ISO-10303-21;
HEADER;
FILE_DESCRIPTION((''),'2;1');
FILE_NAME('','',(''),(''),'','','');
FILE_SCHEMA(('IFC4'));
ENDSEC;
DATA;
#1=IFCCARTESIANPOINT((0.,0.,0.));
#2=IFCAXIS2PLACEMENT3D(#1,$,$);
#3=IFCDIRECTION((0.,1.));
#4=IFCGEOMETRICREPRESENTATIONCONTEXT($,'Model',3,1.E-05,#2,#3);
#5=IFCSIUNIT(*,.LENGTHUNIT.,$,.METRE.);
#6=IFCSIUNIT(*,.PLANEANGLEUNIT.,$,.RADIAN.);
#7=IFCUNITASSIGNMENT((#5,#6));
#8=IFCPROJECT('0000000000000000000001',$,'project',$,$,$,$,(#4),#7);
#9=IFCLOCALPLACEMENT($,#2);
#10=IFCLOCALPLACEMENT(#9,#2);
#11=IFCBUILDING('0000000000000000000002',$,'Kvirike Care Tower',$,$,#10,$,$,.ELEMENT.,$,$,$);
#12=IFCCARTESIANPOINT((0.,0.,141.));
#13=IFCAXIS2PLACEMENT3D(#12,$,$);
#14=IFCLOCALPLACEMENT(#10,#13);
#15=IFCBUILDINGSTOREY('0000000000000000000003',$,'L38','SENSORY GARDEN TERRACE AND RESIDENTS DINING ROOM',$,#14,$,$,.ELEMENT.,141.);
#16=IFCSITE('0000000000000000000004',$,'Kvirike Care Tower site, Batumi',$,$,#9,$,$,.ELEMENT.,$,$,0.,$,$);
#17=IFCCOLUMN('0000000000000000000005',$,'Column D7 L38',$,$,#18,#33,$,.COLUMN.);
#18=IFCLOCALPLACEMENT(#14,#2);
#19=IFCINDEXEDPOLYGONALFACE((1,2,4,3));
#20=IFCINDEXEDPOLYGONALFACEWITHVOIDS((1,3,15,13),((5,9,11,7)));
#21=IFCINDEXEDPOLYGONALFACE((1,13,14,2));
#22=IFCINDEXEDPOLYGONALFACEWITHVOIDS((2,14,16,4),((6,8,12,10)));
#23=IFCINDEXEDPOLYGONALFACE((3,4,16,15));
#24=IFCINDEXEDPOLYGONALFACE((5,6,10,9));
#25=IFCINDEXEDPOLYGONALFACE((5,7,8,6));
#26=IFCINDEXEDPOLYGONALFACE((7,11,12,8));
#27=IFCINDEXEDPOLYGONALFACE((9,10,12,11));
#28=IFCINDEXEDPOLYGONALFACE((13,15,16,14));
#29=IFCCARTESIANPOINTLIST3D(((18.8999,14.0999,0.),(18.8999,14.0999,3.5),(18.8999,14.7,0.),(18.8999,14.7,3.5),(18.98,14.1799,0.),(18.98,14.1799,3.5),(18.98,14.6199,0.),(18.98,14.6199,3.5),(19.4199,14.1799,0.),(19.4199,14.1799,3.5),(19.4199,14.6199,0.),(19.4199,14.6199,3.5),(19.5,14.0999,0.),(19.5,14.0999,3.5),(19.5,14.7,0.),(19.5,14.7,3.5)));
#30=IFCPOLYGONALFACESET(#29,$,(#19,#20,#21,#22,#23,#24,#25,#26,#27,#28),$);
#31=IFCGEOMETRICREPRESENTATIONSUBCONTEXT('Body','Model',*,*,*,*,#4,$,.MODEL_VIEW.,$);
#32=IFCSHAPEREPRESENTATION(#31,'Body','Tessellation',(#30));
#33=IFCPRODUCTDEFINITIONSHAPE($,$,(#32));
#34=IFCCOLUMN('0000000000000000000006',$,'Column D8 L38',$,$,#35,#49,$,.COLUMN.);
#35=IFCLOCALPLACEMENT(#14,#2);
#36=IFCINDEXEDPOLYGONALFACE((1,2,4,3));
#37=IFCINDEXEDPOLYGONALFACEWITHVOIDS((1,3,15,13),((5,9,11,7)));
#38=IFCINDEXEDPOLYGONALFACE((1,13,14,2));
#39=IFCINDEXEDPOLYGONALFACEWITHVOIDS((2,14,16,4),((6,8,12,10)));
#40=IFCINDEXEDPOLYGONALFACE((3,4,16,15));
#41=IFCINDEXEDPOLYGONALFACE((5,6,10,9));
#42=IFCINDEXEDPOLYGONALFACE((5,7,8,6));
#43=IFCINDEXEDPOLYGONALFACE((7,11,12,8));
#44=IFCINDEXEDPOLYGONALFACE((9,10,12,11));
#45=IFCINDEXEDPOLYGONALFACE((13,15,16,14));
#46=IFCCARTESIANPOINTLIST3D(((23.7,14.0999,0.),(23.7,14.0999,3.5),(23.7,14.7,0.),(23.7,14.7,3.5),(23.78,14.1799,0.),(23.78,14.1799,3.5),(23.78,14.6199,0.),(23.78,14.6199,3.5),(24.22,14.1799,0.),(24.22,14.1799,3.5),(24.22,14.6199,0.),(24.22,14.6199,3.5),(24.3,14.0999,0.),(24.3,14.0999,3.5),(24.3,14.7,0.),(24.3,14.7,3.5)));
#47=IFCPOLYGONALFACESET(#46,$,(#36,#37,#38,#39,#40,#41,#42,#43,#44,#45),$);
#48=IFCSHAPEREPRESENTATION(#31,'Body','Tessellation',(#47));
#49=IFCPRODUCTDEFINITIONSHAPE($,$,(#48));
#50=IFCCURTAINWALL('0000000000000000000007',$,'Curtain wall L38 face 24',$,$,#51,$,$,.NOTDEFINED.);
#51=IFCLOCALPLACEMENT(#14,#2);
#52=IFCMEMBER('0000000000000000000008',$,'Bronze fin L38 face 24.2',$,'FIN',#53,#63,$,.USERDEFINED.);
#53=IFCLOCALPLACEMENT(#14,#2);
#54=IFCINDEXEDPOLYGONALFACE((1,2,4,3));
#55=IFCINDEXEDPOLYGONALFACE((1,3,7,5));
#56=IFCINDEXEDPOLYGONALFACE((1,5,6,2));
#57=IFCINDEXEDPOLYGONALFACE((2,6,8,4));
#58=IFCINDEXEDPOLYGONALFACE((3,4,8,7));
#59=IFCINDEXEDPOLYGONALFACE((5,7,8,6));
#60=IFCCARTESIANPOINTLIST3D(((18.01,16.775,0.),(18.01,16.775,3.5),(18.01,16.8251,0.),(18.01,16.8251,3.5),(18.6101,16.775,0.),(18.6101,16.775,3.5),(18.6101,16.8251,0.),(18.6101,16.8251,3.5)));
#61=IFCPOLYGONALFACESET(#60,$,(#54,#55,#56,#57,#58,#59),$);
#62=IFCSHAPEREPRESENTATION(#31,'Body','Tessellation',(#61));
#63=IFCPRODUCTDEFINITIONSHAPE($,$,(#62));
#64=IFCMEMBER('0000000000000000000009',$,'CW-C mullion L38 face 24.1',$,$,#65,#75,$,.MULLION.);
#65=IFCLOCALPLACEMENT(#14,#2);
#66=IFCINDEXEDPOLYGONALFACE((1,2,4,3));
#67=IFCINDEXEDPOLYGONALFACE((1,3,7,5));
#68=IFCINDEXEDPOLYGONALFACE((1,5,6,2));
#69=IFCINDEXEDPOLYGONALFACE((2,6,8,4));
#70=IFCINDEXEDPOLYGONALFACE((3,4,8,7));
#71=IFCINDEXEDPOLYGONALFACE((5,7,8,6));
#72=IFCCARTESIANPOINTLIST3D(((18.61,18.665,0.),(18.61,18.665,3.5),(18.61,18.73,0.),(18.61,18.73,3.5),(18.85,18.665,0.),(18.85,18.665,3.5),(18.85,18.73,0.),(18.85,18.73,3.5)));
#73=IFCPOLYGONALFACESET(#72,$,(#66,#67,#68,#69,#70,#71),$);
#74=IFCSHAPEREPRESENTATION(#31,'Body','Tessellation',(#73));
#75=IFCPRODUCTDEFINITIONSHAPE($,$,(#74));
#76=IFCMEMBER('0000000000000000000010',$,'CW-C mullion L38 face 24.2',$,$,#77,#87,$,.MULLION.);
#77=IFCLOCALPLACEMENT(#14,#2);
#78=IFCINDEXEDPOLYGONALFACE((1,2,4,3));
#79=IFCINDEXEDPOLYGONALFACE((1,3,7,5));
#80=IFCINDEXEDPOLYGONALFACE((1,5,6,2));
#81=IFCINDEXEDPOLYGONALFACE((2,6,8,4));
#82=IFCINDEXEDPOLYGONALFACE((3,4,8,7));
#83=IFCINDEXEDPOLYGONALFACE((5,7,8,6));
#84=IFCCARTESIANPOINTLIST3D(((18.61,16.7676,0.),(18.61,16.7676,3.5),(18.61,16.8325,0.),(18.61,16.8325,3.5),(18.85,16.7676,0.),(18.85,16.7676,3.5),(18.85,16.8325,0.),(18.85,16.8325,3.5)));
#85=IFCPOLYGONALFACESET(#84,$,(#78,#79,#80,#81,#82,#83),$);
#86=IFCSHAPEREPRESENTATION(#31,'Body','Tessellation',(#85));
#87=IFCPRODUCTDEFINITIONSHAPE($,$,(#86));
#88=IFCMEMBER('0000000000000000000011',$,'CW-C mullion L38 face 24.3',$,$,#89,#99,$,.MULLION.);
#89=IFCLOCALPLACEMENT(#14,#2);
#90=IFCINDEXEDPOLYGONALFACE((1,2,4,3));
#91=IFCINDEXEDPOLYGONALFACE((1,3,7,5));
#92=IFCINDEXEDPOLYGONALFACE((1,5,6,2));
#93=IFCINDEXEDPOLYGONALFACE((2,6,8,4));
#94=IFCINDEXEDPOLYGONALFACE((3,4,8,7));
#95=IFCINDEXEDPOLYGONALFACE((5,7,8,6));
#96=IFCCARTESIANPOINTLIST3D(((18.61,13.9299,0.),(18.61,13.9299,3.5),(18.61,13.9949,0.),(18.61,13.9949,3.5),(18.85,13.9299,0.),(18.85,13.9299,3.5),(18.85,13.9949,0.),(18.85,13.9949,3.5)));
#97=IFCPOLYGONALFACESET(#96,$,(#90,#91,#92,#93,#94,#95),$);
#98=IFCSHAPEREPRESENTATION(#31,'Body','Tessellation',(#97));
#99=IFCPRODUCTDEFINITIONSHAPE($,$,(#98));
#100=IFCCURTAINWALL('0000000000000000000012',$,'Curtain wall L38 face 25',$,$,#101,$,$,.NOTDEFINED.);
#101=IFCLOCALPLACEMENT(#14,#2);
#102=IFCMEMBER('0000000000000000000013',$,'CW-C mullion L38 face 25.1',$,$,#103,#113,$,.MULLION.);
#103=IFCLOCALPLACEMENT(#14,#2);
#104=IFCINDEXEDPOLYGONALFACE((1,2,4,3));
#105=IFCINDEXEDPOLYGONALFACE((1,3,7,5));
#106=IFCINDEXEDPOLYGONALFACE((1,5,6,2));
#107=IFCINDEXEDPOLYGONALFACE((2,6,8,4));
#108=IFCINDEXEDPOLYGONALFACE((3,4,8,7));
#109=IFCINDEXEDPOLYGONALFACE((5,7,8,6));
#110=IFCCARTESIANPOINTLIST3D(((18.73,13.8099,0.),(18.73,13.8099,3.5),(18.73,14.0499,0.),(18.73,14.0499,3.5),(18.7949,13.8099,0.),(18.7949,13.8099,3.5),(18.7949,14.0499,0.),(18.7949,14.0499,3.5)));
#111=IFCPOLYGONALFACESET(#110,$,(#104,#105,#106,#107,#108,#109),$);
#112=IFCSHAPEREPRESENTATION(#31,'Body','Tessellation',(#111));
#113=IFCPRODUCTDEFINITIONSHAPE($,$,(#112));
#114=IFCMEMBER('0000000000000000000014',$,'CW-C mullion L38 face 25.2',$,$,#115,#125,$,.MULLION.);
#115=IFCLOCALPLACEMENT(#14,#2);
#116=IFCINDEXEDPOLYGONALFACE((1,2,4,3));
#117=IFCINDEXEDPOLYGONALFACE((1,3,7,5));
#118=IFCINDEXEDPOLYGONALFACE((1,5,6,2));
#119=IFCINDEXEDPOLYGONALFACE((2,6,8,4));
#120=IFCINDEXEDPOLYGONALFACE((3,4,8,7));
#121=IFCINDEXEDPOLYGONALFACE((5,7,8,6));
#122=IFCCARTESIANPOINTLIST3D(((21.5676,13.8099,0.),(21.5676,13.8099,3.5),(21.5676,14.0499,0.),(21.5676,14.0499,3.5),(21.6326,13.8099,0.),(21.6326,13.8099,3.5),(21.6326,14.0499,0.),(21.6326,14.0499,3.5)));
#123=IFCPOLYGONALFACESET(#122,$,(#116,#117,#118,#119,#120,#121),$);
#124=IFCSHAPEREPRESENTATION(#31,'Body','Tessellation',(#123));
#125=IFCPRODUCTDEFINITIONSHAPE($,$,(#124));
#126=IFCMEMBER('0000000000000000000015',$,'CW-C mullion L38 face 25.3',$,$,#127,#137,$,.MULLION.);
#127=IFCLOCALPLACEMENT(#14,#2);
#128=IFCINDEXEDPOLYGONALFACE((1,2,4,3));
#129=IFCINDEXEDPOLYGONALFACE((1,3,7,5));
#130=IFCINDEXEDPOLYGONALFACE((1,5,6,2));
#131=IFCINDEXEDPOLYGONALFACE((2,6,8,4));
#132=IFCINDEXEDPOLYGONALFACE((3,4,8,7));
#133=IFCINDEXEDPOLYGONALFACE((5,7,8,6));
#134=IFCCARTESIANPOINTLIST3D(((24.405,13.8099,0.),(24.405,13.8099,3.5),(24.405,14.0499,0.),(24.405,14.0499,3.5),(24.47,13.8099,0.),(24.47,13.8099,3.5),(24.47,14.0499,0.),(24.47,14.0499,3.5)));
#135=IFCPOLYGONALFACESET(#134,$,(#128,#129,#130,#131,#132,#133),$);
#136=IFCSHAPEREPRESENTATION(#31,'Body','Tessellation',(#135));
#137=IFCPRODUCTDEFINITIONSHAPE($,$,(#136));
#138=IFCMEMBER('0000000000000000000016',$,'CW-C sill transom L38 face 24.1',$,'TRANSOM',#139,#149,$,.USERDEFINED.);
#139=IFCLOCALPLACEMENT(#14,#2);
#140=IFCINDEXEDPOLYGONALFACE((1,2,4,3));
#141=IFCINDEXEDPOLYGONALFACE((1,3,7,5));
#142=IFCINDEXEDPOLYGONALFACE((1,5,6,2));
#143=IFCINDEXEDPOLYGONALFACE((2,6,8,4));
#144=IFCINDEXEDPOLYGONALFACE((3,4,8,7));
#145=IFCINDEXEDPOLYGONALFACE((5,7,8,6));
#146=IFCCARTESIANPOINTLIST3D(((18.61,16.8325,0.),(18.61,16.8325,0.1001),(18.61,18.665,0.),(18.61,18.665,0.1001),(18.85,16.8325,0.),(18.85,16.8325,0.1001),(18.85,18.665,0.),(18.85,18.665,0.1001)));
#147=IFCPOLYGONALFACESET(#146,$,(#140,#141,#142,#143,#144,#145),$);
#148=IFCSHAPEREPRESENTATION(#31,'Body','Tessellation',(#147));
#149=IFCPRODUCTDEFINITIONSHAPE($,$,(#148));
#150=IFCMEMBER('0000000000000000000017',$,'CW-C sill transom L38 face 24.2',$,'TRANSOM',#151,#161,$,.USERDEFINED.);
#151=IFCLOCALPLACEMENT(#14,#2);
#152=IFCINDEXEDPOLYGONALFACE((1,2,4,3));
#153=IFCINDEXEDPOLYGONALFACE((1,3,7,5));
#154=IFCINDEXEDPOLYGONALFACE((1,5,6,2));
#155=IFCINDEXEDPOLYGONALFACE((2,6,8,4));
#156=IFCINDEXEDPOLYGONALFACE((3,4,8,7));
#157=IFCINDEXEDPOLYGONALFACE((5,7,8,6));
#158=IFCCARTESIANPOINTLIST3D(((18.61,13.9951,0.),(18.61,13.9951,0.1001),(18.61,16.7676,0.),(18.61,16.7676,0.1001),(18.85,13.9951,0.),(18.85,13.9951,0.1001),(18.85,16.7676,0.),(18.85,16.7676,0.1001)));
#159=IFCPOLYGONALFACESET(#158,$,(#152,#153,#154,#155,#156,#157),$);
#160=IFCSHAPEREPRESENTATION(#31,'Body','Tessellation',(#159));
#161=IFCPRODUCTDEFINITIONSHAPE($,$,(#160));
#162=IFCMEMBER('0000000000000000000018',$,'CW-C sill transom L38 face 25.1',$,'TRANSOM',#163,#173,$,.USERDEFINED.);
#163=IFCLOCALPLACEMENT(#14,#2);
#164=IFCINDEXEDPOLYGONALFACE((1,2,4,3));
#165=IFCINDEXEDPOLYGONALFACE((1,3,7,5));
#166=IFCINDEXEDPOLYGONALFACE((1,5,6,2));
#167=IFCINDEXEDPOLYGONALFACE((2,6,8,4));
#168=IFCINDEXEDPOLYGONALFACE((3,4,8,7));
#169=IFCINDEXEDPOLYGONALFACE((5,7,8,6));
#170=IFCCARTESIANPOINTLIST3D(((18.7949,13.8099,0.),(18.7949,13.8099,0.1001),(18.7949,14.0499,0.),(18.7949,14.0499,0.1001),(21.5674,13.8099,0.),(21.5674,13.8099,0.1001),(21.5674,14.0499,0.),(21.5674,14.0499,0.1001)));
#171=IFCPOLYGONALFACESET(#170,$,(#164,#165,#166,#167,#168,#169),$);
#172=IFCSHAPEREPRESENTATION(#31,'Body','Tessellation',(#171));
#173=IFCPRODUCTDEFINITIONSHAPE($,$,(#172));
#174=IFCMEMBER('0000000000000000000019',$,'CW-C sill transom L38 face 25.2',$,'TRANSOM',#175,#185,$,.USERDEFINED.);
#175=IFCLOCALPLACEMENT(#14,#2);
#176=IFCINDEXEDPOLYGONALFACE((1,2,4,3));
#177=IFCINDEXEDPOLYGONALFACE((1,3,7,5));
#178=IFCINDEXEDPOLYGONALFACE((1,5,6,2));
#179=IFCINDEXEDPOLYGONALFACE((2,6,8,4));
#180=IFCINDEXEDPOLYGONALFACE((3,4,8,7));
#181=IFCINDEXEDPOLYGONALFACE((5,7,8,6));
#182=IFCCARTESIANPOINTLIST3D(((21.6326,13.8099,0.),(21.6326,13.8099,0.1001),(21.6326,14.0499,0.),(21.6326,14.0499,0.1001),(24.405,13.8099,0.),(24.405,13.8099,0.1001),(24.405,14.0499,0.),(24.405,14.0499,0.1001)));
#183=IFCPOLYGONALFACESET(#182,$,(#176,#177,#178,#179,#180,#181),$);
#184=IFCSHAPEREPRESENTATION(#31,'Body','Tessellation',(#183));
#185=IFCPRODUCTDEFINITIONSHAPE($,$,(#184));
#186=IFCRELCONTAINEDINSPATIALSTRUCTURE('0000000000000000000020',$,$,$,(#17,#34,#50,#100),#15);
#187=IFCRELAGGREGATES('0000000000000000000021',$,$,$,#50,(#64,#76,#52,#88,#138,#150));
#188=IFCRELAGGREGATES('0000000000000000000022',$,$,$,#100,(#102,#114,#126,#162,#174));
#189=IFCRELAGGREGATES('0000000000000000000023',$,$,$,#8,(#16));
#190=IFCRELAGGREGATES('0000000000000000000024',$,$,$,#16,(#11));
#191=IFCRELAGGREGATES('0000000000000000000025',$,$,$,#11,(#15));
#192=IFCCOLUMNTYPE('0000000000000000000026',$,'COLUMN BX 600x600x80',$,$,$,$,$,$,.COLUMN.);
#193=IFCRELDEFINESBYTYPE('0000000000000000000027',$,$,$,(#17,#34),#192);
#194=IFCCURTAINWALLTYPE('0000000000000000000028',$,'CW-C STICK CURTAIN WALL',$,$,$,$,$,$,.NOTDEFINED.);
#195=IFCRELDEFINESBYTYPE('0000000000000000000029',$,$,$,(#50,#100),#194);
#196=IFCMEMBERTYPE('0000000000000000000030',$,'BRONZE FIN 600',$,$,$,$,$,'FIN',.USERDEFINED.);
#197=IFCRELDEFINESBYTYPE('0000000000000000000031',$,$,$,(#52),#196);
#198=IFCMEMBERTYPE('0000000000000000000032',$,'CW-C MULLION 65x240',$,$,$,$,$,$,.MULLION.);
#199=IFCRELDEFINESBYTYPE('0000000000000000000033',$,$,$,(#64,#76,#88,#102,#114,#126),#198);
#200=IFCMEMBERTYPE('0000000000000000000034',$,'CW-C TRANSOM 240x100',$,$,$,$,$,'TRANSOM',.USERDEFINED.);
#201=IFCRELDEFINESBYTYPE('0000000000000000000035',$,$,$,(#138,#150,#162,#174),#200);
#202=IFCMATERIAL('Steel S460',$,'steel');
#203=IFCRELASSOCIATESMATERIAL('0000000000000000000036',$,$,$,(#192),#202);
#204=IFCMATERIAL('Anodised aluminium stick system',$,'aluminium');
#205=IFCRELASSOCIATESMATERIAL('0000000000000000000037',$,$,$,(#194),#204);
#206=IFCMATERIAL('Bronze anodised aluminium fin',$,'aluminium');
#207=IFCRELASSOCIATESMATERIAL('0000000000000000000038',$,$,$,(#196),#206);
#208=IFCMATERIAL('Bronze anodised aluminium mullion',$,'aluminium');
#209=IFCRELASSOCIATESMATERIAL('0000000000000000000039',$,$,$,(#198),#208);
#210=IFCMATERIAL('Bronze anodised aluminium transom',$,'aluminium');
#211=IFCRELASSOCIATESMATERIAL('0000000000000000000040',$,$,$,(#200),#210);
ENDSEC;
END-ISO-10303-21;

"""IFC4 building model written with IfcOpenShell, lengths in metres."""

from ifc_helpers import new_model, si_unit, direction, frame, origin, origin_2d, place, context, subcontext, project, spatial, rectangle, hollow_rectangle, extrude, material, material_profile, profile_set, type_object, element, aggregate, save


model = new_model("IFC4")

# Units and contexts
model_context = context("Model", 3, precision=1e-05, world=origin(), true_north=direction((0.0, 1.0)))
body_context = subcontext(model_context, "Body", "Model", "MODEL_VIEW")
ifc_project = project(units=[si_unit("LENGTHUNIT", "METRE"), si_unit("PLANEANGLEUNIT", "RADIAN")], contexts=[model_context])

# Site, building, storey
site_placement = place(None, origin())
site = spatial("IfcSite", under=ifc_project, at=site_placement, Name="Kvirike Care Tower site, Batumi", CompositionType="ELEMENT", RefElevation=0.0)
building_placement = place(site_placement, origin())
building = spatial("IfcBuilding", under=site, at=building_placement, Name="Kvirike Care Tower", CompositionType="ELEMENT")
storey_placement = place(building_placement, frame((0.0, 0.0, 141.0)))
storey = spatial("IfcBuildingStorey", under=building, at=storey_placement, Name="L38", Description="SENSORY GARDEN TERRACE AND RESIDENTS DINING ROOM", CompositionType="ELEMENT", Elevation=141.0)

# Columns
ifc_material_1 = material(Name="Steel S460", Category="steel")
ifc_material_profile_1 = material_profile(ifc_material_1, hollow_rectangle(XDim=0.6001, YDim=0.6001, WallThickness=0.0801, at=origin_2d()), Name="BX 600x600x80")
ifc_profile_set_1 = profile_set([ifc_material_profile_1], Name="Steel S460")
column_type = type_object("IfcColumnType", Name="COLUMN BX 600x600x80", PredefinedType="COLUMN", material=ifc_profile_set_1)
for number, where, z_axis, x_axis, name in (
    (1, (19.2, 14.3999, 0.0), (0.0, 0.0, 1.0), (0.0, 1.0, 0.0), "Column D7 L38"),
    (2, (24.0, 14.3999, 0.0), (0.0, 0.0, 1.0), (0.0, 1.0, 0.0), "Column D8 L38"),
):
    element("IfcColumn", number, at=place(storey_placement, frame(where, z_axis=z_axis, x_axis=x_axis)), inside=storey, type_object=column_type, Name=name, PredefinedType="COLUMN", context=body_context, shape_type="SweptSolid", body=[
        extrude(hollow_rectangle(XDim=0.6001, YDim=0.6001, WallThickness=0.0801, at=origin_2d()), origin(), (0.0, 0.0, 1.0), 3.5),
    ])

# Curtain walls, members
ifc_material_2 = material(Name="Anodised aluminium stick system", Category="aluminium")
curtain_wall_type = type_object("IfcCurtainWallType", Name="CW-C STICK CURTAIN WALL", PredefinedType="NOTDEFINED", material=ifc_material_2)
curtain_wall_1_placement = place(storey_placement, origin())
curtain_wall_1 = element("IfcCurtainWall", 3, at=curtain_wall_1_placement, inside=storey, type_object=curtain_wall_type, Name="Curtain wall L38 face 24", PredefinedType="NOTDEFINED")
ifc_material_3 = material(Name="Bronze anodised aluminium fin", Category="aluminium")
ifc_material_profile_2 = material_profile(ifc_material_3, rectangle(XDim=0.05, YDim=0.6001, at=origin_2d()), Name="BRONZE FIN 600")
ifc_profile_set_2 = profile_set([ifc_material_profile_2], Name="Bronze anodised aluminium fin")
member_type_1 = type_object("IfcMemberType", Name="BRONZE FIN 600", ElementType="FIN", PredefinedType="USERDEFINED", material=ifc_profile_set_2)
member_1_placement = place(storey_placement, frame((18.3101, 16.8, 0.0), z_axis=(0.0, 0.0, 1.0), x_axis=(0.0, -1.0, 0.0)))
member_1 = element("IfcMember", 4, at=member_1_placement, type_object=member_type_1, Name="Bronze fin L38 face 24.2", ObjectType="FIN", PredefinedType="USERDEFINED", context=body_context, shape_type="SweptSolid", body=[
    extrude(rectangle(XDim=0.05, YDim=0.6001, at=origin_2d()), origin(), (0.0, 0.0, 1.0), 3.5),
])
ifc_material_4 = material(Name="Bronze anodised aluminium mullion", Category="aluminium")
ifc_material_profile_3 = material_profile(ifc_material_4, rectangle(XDim=0.0649, YDim=0.24, at=origin_2d()), Name="CW-C MULLION 65x240")
ifc_profile_set_3 = profile_set([ifc_material_profile_3], Name="Bronze anodised aluminium mullion")
member_type_2 = type_object("IfcMemberType", Name="CW-C MULLION 65x240", PredefinedType="MULLION", material=ifc_profile_set_3)
member_2_placement = place(storey_placement, frame((18.73, 18.6975, 0.0), z_axis=(0.0, 0.0, 1.0), x_axis=(0.0, -1.0, 0.0)))
member_2 = element("IfcMember", 5, at=member_2_placement, type_object=member_type_2, Name="CW-C mullion L38 face 24.1", PredefinedType="MULLION", context=body_context, shape_type="SweptSolid", body=[
    extrude(rectangle(XDim=0.0649, YDim=0.24, at=origin_2d()), origin(), (0.0, 0.0, 1.0), 3.5),
])
member_3_placement = place(storey_placement, frame((18.73, 16.8, 0.0), z_axis=(0.0, 0.0, 1.0), x_axis=(0.0, -1.0, 0.0)))
member_3 = element("IfcMember", 6, at=member_3_placement, type_object=member_type_2, Name="CW-C mullion L38 face 24.2", PredefinedType="MULLION", context=body_context, shape_type="SweptSolid", body=[
    extrude(rectangle(XDim=0.0649, YDim=0.24, at=origin_2d()), origin(), (0.0, 0.0, 1.0), 3.5),
])
member_4_placement = place(storey_placement, frame((18.73, 13.9624, 0.0), z_axis=(0.0, 0.0, 1.0), x_axis=(0.0, -1.0, 0.0)))
member_4 = element("IfcMember", 7, at=member_4_placement, type_object=member_type_2, Name="CW-C mullion L38 face 24.3", PredefinedType="MULLION", context=body_context, shape_type="SweptSolid", body=[
    extrude(rectangle(XDim=0.0649, YDim=0.24, at=origin_2d()), origin(), (0.0, 0.0, 1.0), 3.5),
])
curtain_wall_2_placement = place(storey_placement, origin())
curtain_wall_2 = element("IfcCurtainWall", 8, at=curtain_wall_2_placement, inside=storey, type_object=curtain_wall_type, Name="Curtain wall L38 face 25", PredefinedType="NOTDEFINED")
member_5_placement = place(storey_placement, frame((18.7625, 13.9299, 0.0), z_axis=(0.0, 0.0, 1.0), x_axis=(1.0, 0.0, 0.0)))
member_5 = element("IfcMember", 9, at=member_5_placement, type_object=member_type_2, Name="CW-C mullion L38 face 25.1", PredefinedType="MULLION", context=body_context, shape_type="SweptSolid", body=[
    extrude(rectangle(XDim=0.0649, YDim=0.24, at=origin_2d()), origin(), (0.0, 0.0, 1.0), 3.5),
])
member_6_placement = place(storey_placement, frame((21.6001, 13.9299, 0.0), z_axis=(0.0, 0.0, 1.0), x_axis=(1.0, 0.0, 0.0)))
member_6 = element("IfcMember", 10, at=member_6_placement, type_object=member_type_2, Name="CW-C mullion L38 face 25.2", PredefinedType="MULLION", context=body_context, shape_type="SweptSolid", body=[
    extrude(rectangle(XDim=0.0649, YDim=0.24, at=origin_2d()), origin(), (0.0, 0.0, 1.0), 3.5),
])
member_7_placement = place(storey_placement, frame((24.4375, 13.9299, 0.0), z_axis=(0.0, 0.0, 1.0), x_axis=(1.0, 0.0, 0.0)))
member_7 = element("IfcMember", 11, at=member_7_placement, type_object=member_type_2, Name="CW-C mullion L38 face 25.3", PredefinedType="MULLION", context=body_context, shape_type="SweptSolid", body=[
    extrude(rectangle(XDim=0.0649, YDim=0.24, at=origin_2d()), origin(), (0.0, 0.0, 1.0), 3.5),
])

# Members
ifc_material_5 = material(Name="Bronze anodised aluminium transom", Category="aluminium")
ifc_material_profile_4 = material_profile(ifc_material_5, rectangle(XDim=0.24, YDim=0.1001, at=origin_2d()), Name="CW-C TRANSOM 240x100")
ifc_profile_set_4 = profile_set([ifc_material_profile_4], Name="Bronze anodised aluminium transom")
member_type_3 = type_object("IfcMemberType", Name="CW-C TRANSOM 240x100", ElementType="TRANSOM", PredefinedType="USERDEFINED", material=ifc_profile_set_4)
member_8_placement = place(storey_placement, frame((18.73, 18.665, 0.05), z_axis=(0.0, -1.0, 0.0), x_axis=(1.0, 0.0, 0.0)))
member_8 = element("IfcMember", 12, at=member_8_placement, type_object=member_type_3, Name="CW-C sill transom L38 face 24.1", ObjectType="TRANSOM", PredefinedType="USERDEFINED", context=body_context, shape_type="SweptSolid", body=[
    extrude(rectangle(XDim=0.24, YDim=0.1001, at=origin_2d()), origin(), (0.0, 0.0, 1.0), 1.8325),
])
member_9_placement = place(storey_placement, frame((18.73, 16.7676, 0.05), z_axis=(0.0, -1.0, 0.0), x_axis=(1.0, 0.0, 0.0)))
member_9 = element("IfcMember", 13, at=member_9_placement, type_object=member_type_3, Name="CW-C sill transom L38 face 24.2", ObjectType="TRANSOM", PredefinedType="USERDEFINED", context=body_context, shape_type="SweptSolid", body=[
    extrude(rectangle(XDim=0.24, YDim=0.1001, at=origin_2d()), origin(), (0.0, 0.0, 1.0), 2.7725),
])
member_10_placement = place(storey_placement, frame((18.7949, 13.9299, 0.05), z_axis=(1.0, 0.0, 0.0), x_axis=(0.0, 1.0, 0.0)))
member_10 = element("IfcMember", 14, at=member_10_placement, type_object=member_type_3, Name="CW-C sill transom L38 face 25.1", ObjectType="TRANSOM", PredefinedType="USERDEFINED", context=body_context, shape_type="SweptSolid", body=[
    extrude(rectangle(XDim=0.24, YDim=0.1001, at=origin_2d()), origin(), (0.0, 0.0, 1.0), 2.7725),
])
member_11_placement = place(storey_placement, frame((21.6326, 13.9299, 0.05), z_axis=(1.0, 0.0, 0.0), x_axis=(0.0, 1.0, 0.0)))
member_11 = element("IfcMember", 15, at=member_11_placement, type_object=member_type_3, Name="CW-C sill transom L38 face 25.2", ObjectType="TRANSOM", PredefinedType="USERDEFINED", context=body_context, shape_type="SweptSolid", body=[
    extrude(rectangle(XDim=0.24, YDim=0.1001, at=origin_2d()), origin(), (0.0, 0.0, 1.0), 2.7725),
])

aggregate(curtain_wall_1, [member_2, member_3, member_1, member_4, member_8, member_9])
aggregate(curtain_wall_2, [member_5, member_6, member_7, member_10, member_11])

save(model, "model.ifc")
